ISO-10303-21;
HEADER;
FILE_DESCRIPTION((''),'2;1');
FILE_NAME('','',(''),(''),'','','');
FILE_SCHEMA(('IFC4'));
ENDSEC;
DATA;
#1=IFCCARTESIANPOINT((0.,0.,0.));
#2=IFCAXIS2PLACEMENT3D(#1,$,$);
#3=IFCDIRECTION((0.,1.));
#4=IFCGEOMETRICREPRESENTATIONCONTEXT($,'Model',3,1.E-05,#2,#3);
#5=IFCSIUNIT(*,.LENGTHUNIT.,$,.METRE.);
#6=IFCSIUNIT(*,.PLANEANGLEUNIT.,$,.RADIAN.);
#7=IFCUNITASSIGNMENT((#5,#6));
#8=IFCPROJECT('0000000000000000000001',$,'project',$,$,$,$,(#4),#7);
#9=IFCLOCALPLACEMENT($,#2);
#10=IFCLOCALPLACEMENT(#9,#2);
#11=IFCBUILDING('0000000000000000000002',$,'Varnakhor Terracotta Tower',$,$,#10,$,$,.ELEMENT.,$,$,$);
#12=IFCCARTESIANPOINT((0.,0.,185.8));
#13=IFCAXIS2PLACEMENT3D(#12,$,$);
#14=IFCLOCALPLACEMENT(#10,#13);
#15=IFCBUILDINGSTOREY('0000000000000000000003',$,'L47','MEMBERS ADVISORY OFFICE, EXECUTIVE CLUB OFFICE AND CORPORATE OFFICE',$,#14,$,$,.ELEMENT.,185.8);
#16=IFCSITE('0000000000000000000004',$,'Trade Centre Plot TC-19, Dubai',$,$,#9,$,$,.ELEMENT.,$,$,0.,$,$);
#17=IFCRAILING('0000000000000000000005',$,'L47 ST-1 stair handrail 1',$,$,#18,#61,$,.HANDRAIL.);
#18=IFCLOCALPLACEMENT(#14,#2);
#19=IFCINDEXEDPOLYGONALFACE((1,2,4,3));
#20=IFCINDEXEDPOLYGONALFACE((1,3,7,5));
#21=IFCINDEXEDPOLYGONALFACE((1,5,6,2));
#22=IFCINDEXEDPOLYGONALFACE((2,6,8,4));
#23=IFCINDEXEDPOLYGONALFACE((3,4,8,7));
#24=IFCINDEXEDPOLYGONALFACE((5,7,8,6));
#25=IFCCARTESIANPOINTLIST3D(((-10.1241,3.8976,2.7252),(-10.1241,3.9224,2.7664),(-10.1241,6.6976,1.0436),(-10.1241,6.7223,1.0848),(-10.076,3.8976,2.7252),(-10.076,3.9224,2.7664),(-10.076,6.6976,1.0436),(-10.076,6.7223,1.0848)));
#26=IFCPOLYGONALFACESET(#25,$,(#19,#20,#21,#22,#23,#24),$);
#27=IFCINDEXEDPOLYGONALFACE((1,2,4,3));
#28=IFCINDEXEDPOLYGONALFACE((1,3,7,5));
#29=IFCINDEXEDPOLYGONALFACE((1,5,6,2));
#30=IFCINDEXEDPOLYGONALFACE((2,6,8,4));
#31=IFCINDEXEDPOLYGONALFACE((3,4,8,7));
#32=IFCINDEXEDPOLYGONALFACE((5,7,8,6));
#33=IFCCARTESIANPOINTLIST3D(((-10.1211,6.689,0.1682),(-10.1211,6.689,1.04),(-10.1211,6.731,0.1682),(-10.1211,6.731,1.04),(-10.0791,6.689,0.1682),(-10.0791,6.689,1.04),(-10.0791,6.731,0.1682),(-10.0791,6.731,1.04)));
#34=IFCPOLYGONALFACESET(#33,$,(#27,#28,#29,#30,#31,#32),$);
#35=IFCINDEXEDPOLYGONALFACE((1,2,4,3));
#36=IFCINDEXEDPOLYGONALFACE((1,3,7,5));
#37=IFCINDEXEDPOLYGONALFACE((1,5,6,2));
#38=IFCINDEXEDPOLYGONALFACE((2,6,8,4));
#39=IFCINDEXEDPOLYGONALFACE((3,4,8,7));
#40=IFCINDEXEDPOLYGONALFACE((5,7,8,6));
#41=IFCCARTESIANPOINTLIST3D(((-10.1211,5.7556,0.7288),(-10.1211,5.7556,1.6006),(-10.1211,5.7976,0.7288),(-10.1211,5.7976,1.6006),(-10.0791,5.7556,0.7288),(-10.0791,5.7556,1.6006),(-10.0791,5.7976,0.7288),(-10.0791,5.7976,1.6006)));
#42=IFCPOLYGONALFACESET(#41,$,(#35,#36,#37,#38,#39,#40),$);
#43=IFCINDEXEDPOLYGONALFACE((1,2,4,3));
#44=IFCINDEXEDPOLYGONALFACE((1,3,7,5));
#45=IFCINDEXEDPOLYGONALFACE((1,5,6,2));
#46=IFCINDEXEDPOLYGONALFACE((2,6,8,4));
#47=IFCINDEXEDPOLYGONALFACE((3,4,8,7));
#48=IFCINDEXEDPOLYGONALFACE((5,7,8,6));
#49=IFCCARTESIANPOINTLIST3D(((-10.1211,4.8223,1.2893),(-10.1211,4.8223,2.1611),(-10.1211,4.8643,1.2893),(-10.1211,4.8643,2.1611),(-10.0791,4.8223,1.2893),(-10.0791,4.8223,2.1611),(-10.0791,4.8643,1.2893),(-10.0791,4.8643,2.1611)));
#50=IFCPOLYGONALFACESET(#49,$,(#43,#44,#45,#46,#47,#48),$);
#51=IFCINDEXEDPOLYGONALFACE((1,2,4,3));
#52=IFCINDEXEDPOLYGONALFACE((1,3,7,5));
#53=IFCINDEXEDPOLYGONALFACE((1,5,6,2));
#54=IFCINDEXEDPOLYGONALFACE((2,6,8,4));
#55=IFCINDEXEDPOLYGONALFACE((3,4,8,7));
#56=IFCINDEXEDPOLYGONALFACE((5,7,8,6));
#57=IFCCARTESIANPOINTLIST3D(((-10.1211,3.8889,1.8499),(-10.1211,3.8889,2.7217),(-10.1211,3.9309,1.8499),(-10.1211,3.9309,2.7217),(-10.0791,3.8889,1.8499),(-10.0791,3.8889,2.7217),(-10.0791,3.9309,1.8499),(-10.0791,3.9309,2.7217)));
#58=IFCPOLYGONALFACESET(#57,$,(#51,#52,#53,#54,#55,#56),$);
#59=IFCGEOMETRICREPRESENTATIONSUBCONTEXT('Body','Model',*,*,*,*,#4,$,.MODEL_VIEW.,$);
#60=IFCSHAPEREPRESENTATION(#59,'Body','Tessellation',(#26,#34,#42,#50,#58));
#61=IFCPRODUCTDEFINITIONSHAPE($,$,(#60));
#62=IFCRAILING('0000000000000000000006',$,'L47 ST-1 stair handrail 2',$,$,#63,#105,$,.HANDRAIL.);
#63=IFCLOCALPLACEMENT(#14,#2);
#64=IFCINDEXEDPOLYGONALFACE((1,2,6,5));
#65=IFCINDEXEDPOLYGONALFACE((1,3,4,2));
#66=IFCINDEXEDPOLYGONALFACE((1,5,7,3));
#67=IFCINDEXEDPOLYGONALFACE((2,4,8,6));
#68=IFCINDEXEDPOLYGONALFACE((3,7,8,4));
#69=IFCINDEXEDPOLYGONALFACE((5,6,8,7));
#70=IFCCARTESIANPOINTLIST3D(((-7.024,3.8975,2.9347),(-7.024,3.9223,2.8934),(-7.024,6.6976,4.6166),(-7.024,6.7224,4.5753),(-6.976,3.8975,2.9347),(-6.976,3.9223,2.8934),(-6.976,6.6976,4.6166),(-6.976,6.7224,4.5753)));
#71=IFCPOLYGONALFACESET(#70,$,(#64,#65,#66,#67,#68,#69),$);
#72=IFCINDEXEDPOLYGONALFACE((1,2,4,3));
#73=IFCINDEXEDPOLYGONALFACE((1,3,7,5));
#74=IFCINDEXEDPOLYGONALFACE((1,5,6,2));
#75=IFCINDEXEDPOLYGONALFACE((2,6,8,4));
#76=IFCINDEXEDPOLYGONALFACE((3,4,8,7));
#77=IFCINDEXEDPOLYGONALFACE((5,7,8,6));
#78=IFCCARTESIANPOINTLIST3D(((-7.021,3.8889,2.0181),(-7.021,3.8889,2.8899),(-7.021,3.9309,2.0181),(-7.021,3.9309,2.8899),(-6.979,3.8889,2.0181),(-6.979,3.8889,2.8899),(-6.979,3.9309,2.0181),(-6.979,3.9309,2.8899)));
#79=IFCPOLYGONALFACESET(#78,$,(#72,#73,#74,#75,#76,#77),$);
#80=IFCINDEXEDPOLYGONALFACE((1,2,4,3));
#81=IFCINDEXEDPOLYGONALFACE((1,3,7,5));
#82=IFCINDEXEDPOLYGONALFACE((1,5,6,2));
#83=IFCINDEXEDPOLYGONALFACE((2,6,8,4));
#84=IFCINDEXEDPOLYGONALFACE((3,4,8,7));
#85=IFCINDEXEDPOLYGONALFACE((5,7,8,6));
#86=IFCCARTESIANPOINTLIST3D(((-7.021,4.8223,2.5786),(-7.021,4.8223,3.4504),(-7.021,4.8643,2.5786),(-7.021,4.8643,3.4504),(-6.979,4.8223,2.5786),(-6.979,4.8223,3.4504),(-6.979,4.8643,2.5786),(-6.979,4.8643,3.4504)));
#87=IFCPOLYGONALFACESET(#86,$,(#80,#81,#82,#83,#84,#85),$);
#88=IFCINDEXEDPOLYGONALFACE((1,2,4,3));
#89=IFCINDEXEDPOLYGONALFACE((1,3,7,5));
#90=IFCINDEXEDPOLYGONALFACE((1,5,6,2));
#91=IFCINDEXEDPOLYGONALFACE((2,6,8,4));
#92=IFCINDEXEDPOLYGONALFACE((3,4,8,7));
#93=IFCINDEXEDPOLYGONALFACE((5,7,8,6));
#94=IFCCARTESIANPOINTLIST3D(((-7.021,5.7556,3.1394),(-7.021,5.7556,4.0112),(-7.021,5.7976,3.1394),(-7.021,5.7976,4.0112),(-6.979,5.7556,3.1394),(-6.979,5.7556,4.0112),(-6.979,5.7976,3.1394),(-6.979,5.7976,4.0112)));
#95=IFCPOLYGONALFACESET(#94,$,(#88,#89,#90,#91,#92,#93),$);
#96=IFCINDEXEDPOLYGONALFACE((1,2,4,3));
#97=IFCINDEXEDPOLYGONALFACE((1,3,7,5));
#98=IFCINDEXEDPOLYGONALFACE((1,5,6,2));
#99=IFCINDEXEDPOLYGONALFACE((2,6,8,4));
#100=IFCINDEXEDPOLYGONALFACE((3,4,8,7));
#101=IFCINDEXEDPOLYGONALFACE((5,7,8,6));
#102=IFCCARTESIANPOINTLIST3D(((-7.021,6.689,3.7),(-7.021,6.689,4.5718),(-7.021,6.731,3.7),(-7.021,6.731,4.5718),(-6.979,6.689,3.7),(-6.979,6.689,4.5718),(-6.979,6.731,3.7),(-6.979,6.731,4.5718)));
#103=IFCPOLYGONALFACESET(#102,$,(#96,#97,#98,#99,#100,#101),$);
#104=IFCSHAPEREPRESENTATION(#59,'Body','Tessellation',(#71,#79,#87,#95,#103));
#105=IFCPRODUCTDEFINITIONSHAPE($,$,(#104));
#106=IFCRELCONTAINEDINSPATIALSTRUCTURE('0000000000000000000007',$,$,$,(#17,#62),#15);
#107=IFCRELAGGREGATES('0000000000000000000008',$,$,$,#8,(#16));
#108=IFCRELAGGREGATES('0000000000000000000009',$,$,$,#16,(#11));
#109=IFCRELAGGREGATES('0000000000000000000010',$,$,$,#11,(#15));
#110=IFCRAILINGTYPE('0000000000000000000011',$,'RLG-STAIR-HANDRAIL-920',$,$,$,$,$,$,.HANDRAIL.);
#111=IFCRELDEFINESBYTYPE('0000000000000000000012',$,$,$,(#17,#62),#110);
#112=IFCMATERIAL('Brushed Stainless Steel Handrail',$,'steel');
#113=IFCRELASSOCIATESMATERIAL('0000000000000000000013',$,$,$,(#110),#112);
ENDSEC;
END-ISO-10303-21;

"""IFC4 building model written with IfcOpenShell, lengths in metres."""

from ifc_helpers import new_model, si_unit, direction, frame, origin, origin_2d, place, context, subcontext, project, spatial, rectangle, extrude, material, type_object, element, save


model = new_model("IFC4")

# Units and contexts
model_context = context("Model", 3, precision=1e-05, world=origin(), true_north=direction((0.0, 1.0)))
body_context = subcontext(model_context, "Body", "Model", "MODEL_VIEW")
ifc_project = project(units=[si_unit("LENGTHUNIT", "METRE"), si_unit("PLANEANGLEUNIT", "RADIAN")], contexts=[model_context])

# Site, building, storey
site_placement = place(None, origin())
site = spatial("IfcSite", under=ifc_project, at=site_placement, Name="Trade Centre Plot TC-19, Dubai", CompositionType="ELEMENT", RefElevation=0.0)
building_placement = place(site_placement, origin())
building = spatial("IfcBuilding", under=site, at=building_placement, Name="Varnakhor Terracotta Tower", CompositionType="ELEMENT")
storey_placement = place(building_placement, frame((0.0, 0.0, 185.8)))
storey = spatial("IfcBuildingStorey", under=building, at=storey_placement, Name="L47", Description="MEMBERS ADVISORY OFFICE, EXECUTIVE CLUB OFFICE AND CORPORATE OFFICE", CompositionType="ELEMENT", Elevation=185.8)

# Railings
ifc_material_1 = material(Name="Brushed Stainless Steel Handrail", Category="steel")
railing_type_1 = type_object("IfcRailingType", Name="RLG-STAIR-HANDRAIL-920", PredefinedType="HANDRAIL", material=ifc_material_1)
railing_1_placement = place(storey_placement, frame((-10.1001, 6.71, 0.1682)))
element("IfcRailing", 1, at=railing_1_placement, inside=storey, type_object=railing_type_1, Name="L47 ST-1 stair handrail 1", PredefinedType="HANDRAIL", context=body_context, shape_type="SweptSolid", body=[
    extrude(rectangle(XDim=0.0481, YDim=0.0481, at=origin_2d()), frame((0.0, 0.0, 0.896), z_axis=(0.0, -0.857275, 0.514858), x_axis=(1.0, 0.0, 0.0)), (0.0, 0.0, 1.0), 3.2661),
    extrude(rectangle(XDim=0.042, YDim=0.042, at=origin_2d()), origin(), (0.0, 0.0, 1.0), 0.8718),
    extrude(rectangle(XDim=0.042, YDim=0.042, at=origin_2d()), frame((0.0, -0.9333, 0.5605)), (0.0, 0.0, 1.0), 0.8718),
    extrude(rectangle(XDim=0.042, YDim=0.042, at=origin_2d()), frame((0.0, -1.8667, 1.1211)), (0.0, 0.0, 1.0), 0.8718),
    extrude(rectangle(XDim=0.042, YDim=0.042, at=origin_2d()), frame((0.0, -2.8, 1.6816)), (0.0, 0.0, 1.0), 0.8718),
])
railing_2_placement = place(storey_placement, frame((-7.0, 3.9099, 2.0181)))
element("IfcRailing", 2, at=railing_2_placement, inside=storey, type_object=railing_type_1, Name="L47 ST-1 stair handrail 2", PredefinedType="HANDRAIL", context=body_context, shape_type="SweptSolid", body=[
    extrude(rectangle(XDim=0.0481, YDim=0.0481, at=origin_2d()), frame((0.0, 0.0, 0.896), z_axis=(0.0, 0.857242, 0.514913), x_axis=(-1.0, 0.0, 0.0)), (0.0, 0.0, 1.0), 3.2664),
    extrude(rectangle(XDim=0.042, YDim=0.042, at=origin_2d()), origin(), (0.0, 0.0, 1.0), 0.8718),
    extrude(rectangle(XDim=0.042, YDim=0.042, at=origin_2d()), frame((0.0, 0.9333, 0.5605)), (0.0, 0.0, 1.0), 0.8718),
    extrude(rectangle(XDim=0.042, YDim=0.042, at=origin_2d()), frame((0.0, 1.8667, 1.1213)), (0.0, 0.0, 1.0), 0.8718),
    extrude(rectangle(XDim=0.042, YDim=0.042, at=origin_2d()), frame((0.0, 2.8, 1.6819)), (0.0, 0.0, 1.0), 0.8718),
])

save(model, "model.ifc")
